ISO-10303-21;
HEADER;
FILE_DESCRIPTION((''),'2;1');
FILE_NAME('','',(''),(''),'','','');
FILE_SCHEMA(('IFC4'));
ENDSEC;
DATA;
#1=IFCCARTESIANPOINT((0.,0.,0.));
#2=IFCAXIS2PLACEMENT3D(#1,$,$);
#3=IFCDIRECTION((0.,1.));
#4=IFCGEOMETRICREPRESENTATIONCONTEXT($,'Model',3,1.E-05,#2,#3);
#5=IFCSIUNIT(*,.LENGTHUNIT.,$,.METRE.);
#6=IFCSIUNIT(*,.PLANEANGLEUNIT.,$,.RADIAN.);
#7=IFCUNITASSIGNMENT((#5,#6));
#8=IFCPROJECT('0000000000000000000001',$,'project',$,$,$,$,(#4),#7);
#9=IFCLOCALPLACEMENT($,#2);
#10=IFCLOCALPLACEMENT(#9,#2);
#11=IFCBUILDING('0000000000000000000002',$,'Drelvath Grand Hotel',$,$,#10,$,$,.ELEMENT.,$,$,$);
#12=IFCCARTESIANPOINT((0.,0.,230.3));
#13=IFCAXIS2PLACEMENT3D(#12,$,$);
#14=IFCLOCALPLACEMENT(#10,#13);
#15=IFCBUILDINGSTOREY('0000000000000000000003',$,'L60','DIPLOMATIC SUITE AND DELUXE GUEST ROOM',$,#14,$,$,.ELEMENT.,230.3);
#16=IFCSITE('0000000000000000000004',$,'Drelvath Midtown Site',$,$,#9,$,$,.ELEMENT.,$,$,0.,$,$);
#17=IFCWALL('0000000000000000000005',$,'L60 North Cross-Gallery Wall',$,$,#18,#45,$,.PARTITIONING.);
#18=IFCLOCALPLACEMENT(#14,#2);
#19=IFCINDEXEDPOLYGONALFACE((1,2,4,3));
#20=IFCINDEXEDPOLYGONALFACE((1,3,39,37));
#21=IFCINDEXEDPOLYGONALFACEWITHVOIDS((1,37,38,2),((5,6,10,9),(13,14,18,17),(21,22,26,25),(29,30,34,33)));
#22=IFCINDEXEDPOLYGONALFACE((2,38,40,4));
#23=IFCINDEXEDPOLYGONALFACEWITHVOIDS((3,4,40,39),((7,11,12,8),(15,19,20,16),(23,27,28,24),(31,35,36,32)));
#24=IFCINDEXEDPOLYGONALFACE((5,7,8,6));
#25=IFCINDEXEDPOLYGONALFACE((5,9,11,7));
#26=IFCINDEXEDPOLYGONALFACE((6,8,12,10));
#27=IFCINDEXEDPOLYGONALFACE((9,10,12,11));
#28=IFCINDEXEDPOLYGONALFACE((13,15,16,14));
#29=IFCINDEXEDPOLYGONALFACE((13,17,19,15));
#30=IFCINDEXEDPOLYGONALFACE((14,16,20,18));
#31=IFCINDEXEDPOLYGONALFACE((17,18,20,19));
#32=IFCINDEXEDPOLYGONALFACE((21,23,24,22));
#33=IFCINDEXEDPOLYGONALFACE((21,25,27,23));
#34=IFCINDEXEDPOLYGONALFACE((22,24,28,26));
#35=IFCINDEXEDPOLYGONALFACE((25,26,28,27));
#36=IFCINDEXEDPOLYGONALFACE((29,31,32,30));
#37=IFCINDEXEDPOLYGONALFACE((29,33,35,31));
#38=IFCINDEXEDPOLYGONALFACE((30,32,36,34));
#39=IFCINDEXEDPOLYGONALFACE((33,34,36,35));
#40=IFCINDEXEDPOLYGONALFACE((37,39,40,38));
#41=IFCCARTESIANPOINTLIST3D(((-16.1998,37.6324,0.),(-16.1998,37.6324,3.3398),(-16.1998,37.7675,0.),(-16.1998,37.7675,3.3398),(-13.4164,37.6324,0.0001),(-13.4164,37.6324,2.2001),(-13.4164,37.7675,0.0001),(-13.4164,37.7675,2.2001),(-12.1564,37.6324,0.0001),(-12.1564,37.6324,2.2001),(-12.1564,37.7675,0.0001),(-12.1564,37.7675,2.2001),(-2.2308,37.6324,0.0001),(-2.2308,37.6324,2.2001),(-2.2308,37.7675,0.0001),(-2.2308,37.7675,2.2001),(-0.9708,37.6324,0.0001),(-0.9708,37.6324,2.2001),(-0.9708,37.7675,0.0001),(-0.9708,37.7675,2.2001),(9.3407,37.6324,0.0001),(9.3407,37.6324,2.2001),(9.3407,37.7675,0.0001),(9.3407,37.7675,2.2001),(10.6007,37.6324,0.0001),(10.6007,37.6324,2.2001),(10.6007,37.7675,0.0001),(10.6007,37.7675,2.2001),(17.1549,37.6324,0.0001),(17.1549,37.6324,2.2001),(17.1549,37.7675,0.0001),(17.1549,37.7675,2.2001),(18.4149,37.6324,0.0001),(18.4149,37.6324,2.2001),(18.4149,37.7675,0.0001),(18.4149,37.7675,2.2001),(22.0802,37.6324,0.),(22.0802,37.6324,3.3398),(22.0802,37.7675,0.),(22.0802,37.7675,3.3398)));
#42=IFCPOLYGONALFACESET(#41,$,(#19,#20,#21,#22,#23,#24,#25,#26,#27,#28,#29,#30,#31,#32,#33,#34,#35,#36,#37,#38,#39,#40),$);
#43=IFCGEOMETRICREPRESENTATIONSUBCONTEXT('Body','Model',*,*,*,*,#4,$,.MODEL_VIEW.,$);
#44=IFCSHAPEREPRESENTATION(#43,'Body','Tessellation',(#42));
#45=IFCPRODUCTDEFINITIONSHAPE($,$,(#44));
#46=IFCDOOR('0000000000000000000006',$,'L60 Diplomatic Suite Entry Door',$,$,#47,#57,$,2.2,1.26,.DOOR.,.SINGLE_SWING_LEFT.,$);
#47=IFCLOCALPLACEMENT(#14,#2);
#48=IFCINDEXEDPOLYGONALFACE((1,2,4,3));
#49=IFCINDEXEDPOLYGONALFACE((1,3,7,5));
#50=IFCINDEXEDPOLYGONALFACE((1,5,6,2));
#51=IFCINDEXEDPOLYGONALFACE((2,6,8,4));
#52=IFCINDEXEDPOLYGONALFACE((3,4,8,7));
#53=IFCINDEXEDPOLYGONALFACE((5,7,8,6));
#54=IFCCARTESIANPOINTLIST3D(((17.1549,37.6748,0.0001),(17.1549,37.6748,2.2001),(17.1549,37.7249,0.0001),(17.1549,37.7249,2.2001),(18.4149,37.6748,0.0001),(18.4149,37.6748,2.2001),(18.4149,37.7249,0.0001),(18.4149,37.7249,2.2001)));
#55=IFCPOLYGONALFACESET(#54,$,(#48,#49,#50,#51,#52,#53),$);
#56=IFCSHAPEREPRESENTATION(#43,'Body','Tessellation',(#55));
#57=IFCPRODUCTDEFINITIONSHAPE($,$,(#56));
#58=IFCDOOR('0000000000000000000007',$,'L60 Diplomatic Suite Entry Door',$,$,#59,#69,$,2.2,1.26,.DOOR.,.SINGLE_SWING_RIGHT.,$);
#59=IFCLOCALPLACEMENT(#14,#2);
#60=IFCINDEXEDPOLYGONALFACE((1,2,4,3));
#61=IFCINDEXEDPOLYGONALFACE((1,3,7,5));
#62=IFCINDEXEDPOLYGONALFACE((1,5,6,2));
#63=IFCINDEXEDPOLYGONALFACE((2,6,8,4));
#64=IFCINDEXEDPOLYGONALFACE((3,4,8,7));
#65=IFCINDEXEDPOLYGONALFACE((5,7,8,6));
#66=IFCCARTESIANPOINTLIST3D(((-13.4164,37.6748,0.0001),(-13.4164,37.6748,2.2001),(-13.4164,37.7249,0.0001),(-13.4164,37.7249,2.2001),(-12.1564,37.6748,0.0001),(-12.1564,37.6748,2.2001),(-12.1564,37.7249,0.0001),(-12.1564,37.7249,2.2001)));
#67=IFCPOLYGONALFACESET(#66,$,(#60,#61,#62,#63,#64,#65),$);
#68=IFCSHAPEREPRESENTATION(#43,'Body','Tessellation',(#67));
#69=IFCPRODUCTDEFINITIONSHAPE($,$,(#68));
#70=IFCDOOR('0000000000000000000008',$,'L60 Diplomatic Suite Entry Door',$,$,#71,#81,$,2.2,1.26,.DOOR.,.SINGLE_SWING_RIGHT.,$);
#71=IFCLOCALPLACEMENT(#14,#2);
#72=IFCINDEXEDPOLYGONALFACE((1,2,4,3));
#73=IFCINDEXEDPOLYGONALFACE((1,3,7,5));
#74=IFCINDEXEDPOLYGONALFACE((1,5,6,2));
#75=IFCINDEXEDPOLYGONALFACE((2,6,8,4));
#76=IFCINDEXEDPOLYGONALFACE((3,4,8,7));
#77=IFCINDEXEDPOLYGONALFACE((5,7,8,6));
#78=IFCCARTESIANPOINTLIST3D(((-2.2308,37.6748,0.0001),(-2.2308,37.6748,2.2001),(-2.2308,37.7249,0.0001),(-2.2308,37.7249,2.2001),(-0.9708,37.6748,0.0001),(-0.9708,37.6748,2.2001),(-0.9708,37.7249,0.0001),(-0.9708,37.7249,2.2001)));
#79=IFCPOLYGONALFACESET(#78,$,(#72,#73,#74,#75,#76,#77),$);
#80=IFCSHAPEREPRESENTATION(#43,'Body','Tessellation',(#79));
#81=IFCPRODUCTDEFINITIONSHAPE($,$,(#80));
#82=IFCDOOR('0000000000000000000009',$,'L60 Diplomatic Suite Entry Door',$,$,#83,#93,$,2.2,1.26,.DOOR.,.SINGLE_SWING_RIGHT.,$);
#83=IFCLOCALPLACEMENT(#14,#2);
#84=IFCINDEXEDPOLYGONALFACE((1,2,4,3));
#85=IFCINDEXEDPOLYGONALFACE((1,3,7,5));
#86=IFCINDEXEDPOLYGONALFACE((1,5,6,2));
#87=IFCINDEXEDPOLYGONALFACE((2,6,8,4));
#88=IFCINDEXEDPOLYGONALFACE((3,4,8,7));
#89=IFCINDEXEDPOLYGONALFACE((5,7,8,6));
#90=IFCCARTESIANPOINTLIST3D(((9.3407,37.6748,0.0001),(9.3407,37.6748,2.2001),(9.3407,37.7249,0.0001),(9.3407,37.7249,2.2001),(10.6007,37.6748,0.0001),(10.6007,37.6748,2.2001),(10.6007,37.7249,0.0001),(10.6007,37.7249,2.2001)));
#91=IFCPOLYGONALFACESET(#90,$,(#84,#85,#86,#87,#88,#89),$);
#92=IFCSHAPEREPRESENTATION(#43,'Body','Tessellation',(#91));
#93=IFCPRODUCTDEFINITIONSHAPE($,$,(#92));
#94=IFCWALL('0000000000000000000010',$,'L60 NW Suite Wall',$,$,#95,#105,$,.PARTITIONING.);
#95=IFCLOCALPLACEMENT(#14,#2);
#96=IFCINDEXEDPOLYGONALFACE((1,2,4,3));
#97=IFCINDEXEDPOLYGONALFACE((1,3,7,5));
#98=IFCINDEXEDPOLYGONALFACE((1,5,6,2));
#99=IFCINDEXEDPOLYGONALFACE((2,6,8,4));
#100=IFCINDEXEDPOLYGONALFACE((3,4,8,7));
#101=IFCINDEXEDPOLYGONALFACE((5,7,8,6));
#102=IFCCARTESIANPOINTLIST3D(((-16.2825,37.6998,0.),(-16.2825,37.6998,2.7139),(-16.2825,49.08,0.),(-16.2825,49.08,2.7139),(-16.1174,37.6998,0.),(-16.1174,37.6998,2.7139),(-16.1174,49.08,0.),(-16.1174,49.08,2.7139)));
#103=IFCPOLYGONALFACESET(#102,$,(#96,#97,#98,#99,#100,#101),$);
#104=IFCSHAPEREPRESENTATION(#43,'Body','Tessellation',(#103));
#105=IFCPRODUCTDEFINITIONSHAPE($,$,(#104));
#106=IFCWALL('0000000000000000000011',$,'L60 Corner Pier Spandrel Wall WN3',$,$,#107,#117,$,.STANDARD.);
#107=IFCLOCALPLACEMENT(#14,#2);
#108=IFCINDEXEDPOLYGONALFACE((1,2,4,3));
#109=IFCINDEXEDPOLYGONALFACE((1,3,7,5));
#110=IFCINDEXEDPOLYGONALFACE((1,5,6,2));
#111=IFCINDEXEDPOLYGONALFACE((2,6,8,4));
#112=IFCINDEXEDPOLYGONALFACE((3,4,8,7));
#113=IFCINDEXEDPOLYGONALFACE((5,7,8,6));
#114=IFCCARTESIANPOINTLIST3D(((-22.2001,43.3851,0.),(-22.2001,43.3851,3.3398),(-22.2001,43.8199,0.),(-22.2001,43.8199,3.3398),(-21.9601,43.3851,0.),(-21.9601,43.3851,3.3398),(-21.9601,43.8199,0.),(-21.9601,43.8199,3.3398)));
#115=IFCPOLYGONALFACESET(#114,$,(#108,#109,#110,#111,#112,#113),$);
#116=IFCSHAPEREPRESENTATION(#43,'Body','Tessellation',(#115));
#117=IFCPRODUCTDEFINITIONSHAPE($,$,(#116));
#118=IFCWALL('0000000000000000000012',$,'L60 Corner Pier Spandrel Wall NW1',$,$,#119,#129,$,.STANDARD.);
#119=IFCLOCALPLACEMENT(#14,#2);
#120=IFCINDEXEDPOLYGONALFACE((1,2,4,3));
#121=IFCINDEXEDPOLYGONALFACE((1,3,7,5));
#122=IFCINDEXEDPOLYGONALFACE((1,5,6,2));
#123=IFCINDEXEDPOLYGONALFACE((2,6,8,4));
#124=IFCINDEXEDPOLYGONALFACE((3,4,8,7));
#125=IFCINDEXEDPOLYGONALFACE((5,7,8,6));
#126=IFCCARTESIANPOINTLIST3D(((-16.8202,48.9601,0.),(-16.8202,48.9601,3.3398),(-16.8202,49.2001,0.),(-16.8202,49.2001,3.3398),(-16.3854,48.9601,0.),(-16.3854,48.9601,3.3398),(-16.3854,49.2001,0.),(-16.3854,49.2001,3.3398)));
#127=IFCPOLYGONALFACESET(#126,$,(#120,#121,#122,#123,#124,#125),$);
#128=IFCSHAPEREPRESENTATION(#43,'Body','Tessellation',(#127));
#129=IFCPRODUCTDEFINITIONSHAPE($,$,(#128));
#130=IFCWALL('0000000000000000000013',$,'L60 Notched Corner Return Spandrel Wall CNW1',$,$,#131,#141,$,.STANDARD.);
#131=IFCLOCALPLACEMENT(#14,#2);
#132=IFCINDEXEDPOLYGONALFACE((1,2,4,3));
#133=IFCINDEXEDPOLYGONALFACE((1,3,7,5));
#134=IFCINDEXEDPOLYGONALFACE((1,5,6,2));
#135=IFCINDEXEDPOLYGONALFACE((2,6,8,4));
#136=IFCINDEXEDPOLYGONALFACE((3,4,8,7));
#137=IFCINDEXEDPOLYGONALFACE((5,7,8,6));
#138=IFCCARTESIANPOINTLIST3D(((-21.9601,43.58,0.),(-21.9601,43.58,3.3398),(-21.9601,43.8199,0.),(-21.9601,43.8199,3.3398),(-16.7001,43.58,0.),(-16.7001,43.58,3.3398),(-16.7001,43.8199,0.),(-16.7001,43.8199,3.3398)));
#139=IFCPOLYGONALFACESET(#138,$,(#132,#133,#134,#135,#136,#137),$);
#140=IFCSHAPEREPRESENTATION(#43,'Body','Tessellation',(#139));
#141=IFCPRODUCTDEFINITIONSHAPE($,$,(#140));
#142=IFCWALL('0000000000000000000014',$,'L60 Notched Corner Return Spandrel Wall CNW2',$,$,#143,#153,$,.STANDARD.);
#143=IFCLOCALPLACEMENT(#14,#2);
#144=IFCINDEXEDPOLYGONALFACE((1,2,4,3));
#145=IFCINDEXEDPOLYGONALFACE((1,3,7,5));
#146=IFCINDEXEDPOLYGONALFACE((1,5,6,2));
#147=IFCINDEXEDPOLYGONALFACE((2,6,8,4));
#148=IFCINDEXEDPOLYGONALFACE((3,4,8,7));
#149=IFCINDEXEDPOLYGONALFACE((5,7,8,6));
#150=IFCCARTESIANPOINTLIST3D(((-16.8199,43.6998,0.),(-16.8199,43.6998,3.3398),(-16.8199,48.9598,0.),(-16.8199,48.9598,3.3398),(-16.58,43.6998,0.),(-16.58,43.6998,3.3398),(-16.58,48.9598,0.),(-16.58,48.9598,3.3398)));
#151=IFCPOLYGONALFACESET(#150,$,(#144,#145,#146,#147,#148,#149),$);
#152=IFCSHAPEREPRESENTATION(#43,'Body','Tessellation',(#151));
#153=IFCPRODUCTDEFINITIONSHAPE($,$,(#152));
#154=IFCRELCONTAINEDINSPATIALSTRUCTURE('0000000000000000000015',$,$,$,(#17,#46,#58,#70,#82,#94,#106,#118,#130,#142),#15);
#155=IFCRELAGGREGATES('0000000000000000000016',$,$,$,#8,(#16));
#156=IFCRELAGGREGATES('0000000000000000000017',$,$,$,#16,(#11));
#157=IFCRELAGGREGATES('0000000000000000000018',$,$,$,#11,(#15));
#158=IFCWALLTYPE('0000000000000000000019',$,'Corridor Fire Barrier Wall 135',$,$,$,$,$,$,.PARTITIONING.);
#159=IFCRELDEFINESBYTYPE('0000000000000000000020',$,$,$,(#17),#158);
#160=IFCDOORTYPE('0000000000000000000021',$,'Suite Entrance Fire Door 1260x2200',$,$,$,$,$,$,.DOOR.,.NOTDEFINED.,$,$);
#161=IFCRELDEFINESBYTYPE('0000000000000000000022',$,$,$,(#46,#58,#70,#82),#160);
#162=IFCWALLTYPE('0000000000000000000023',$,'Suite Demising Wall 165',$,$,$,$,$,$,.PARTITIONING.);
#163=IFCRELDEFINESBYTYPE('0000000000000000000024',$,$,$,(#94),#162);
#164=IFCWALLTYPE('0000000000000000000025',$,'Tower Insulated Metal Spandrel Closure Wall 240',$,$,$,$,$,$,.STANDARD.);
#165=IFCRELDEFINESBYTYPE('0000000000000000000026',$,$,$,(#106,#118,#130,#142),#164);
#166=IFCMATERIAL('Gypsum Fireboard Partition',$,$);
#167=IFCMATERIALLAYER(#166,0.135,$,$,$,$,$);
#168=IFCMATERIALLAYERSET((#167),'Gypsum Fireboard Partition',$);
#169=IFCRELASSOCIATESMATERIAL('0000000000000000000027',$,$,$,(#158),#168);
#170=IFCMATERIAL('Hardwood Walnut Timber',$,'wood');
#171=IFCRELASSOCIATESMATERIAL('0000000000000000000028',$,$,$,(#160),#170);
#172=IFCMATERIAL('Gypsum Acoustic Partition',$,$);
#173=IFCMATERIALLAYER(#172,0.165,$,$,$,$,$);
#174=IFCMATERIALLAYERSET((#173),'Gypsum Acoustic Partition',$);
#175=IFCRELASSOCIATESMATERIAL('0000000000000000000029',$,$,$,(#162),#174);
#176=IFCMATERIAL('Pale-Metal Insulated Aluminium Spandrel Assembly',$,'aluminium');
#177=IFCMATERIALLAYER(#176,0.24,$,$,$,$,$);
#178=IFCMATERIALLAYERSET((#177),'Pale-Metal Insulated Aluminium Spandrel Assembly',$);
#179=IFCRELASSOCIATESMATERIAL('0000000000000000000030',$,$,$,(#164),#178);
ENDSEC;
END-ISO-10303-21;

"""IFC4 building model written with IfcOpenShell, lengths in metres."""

from ifc_helpers import new_model, si_unit, direction, frame, frame_2d, origin, place, context, subcontext, project, spatial, rectangle, extrude, material, layer, layer_set, type_object, element, fill, save


model = new_model("IFC4")

# Units and contexts
model_context = context("Model", 3, precision=1e-05, world=origin(), true_north=direction((0.0, 1.0)))
body_context = subcontext(model_context, "Body", "Model", "MODEL_VIEW")
ifc_project = project(units=[si_unit("LENGTHUNIT", "METRE"), si_unit("PLANEANGLEUNIT", "RADIAN")], contexts=[model_context])

# Site, building, storey
site_placement = place(None, origin())
site = spatial("IfcSite", under=ifc_project, at=site_placement, Name="Drelvath Midtown Site", CompositionType="ELEMENT", RefElevation=0.0)
building_placement = place(site_placement, origin())
building = spatial("IfcBuilding", under=site, at=building_placement, Name="Drelvath Grand Hotel", CompositionType="ELEMENT")
storey_placement = place(building_placement, frame((0.0, 0.0, 230.3)))
storey = spatial("IfcBuildingStorey", under=building, at=storey_placement, Name="L60", Description="DIPLOMATIC SUITE AND DELUXE GUEST ROOM", CompositionType="ELEMENT", Elevation=230.3)

# Wall, openings, doors
ifc_material_1 = material(Name="Gypsum Fireboard Partition")
ifc_layer_1 = layer(ifc_material_1, 0.135)
ifc_layer_set_1 = layer_set([ifc_layer_1], Name="Gypsum Fireboard Partition")
wall_type_1 = type_object("IfcWallType", Name="Corridor Fire Barrier Wall 135", PredefinedType="PARTITIONING", material=ifc_layer_set_1)
wall_1_placement = place(storey_placement, frame((-16.2, 37.7, 0.0), z_axis=(0.0, 0.0, 1.0), x_axis=(1.0, 0.0, 0.0)))
wall_1 = element("IfcWall", 1, at=wall_1_placement, inside=storey, type_object=wall_type_1, Name="L60 North Cross-Gallery Wall", PredefinedType="PARTITIONING", context=body_context, shape_type="SweptSolid", body=[
    extrude(rectangle(XDim=38.28, YDim=0.135, at=frame_2d((19.1401, 0.0))), origin(), (0.0, 0.0, 1.0), 3.3398),
])
opening_1_placement = place(wall_1_placement, frame((33.355, 0.0, 0.0)))
opening_1 = element("IfcOpeningElement", 2, at=opening_1_placement, cuts=wall_1, PredefinedType="OPENING", context=body_context, shape_type="SweptSolid", body=[
    extrude(rectangle(XDim=1.26, YDim=2.2, at=frame_2d((0.6299, 1.1001))), frame((0.0, 0.0774, 0.0), z_axis=(0.0, -1.0, 0.0), x_axis=(1.0, 0.0, 0.0)), (0.0, 0.0, 1.0), 0.155),
])
opening_2_placement = place(wall_1_placement, frame((2.7837, 0.0, 0.0)))
opening_2 = element("IfcOpeningElement", 3, at=opening_2_placement, cuts=wall_1, PredefinedType="OPENING", context=body_context, shape_type="SweptSolid", body=[
    extrude(rectangle(XDim=1.26, YDim=2.2, at=frame_2d((0.6299, 1.1001))), frame((0.0, 0.0774, 0.0), z_axis=(0.0, -1.0, 0.0), x_axis=(1.0, 0.0, 0.0)), (0.0, 0.0, 1.0), 0.155),
])
opening_3_placement = place(wall_1_placement, frame((13.9692, 0.0, 0.0)))
opening_3 = element("IfcOpeningElement", 4, at=opening_3_placement, cuts=wall_1, PredefinedType="OPENING", context=body_context, shape_type="SweptSolid", body=[
    extrude(rectangle(XDim=1.26, YDim=2.2, at=frame_2d((0.6299, 1.1001))), frame((0.0, 0.0774, 0.0), z_axis=(0.0, -1.0, 0.0), x_axis=(1.0, 0.0, 0.0)), (0.0, 0.0, 1.0), 0.155),
])
opening_4_placement = place(wall_1_placement, frame((25.5408, 0.0, 0.0)))
opening_4 = element("IfcOpeningElement", 5, at=opening_4_placement, cuts=wall_1, PredefinedType="OPENING", context=body_context, shape_type="SweptSolid", body=[
    extrude(rectangle(XDim=1.26, YDim=2.2, at=frame_2d((0.6299, 1.1001))), frame((0.0, 0.0774, 0.0), z_axis=(0.0, -1.0, 0.0), x_axis=(1.0, 0.0, 0.0)), (0.0, 0.0, 1.0), 0.155),
])
ifc_material_2 = material(Name="Hardwood Walnut Timber", Category="wood")
door_type = type_object("IfcDoorType", Name="Suite Entrance Fire Door 1260x2200", OperationType="NOTDEFINED", PredefinedType="DOOR", material=ifc_material_2)
door_1_placement = place(opening_1_placement, origin())
door_1 = element("IfcDoor", 6, at=door_1_placement, inside=storey, type_object=door_type, Name="L60 Diplomatic Suite Entry Door", OperationType="SINGLE_SWING_LEFT", OverallHeight=2.2, OverallWidth=1.26, PredefinedType="DOOR", context=body_context, shape_type="SweptSolid", body=[
    extrude(rectangle(XDim=1.26, YDim=2.2, at=frame_2d((0.6299, 1.1001))), frame((0.0, 0.0249, 0.0), z_axis=(0.0, -1.0, 0.0), x_axis=(1.0, 0.0, 0.0)), (0.0, 0.0, 1.0), 0.05),
])
fill(opening_1, door_1)
door_2_placement = place(opening_2_placement, origin())
door_2 = element("IfcDoor", 7, at=door_2_placement, inside=storey, type_object=door_type, Name="L60 Diplomatic Suite Entry Door", OperationType="SINGLE_SWING_RIGHT", OverallHeight=2.2, OverallWidth=1.26, PredefinedType="DOOR", context=body_context, shape_type="SweptSolid", body=[
    extrude(rectangle(XDim=1.26, YDim=2.2, at=frame_2d((0.6299, 1.1001))), frame((0.0, 0.0249, 0.0), z_axis=(0.0, -1.0, 0.0), x_axis=(1.0, 0.0, 0.0)), (0.0, 0.0, 1.0), 0.05),
])
fill(opening_2, door_2)
door_3_placement = place(opening_3_placement, origin())
door_3 = element("IfcDoor", 8, at=door_3_placement, inside=storey, type_object=door_type, Name="L60 Diplomatic Suite Entry Door", OperationType="SINGLE_SWING_RIGHT", OverallHeight=2.2, OverallWidth=1.26, PredefinedType="DOOR", context=body_context, shape_type="SweptSolid", body=[
    extrude(rectangle(XDim=1.26, YDim=2.2, at=frame_2d((0.6299, 1.1001))), frame((0.0, 0.0249, 0.0), z_axis=(0.0, -1.0, 0.0), x_axis=(1.0, 0.0, 0.0)), (0.0, 0.0, 1.0), 0.05),
])
fill(opening_3, door_3)
door_4_placement = place(opening_4_placement, origin())
door_4 = element("IfcDoor", 9, at=door_4_placement, inside=storey, type_object=door_type, Name="L60 Diplomatic Suite Entry Door", OperationType="SINGLE_SWING_RIGHT", OverallHeight=2.2, OverallWidth=1.26, PredefinedType="DOOR", context=body_context, shape_type="SweptSolid", body=[
    extrude(rectangle(XDim=1.26, YDim=2.2, at=frame_2d((0.6299, 1.1001))), frame((0.0, 0.0249, 0.0), z_axis=(0.0, -1.0, 0.0), x_axis=(1.0, 0.0, 0.0)), (0.0, 0.0, 1.0), 0.05),
])
fill(opening_4, door_4)

# Walls
ifc_material_3 = material(Name="Gypsum Acoustic Partition")
ifc_layer_2 = layer(ifc_material_3, 0.165)
ifc_layer_set_2 = layer_set([ifc_layer_2], Name="Gypsum Acoustic Partition")
wall_type_2 = type_object("IfcWallType", Name="Suite Demising Wall 165", PredefinedType="PARTITIONING", material=ifc_layer_set_2)
wall_2_placement = place(storey_placement, frame((-16.2, 37.7, 0.0), z_axis=(0.0, 0.0, 1.0), x_axis=(0.0, 1.0, 0.0)))
element("IfcWall", 10, at=wall_2_placement, inside=storey, type_object=wall_type_2, Name="L60 NW Suite Wall", PredefinedType="PARTITIONING", context=body_context, shape_type="SweptSolid", body=[
    extrude(rectangle(XDim=11.3801, YDim=0.165, at=frame_2d((5.6899, 0.0))), origin(), (0.0, 0.0, 1.0), 2.7139),
])
ifc_material_4 = material(Name="Pale-Metal Insulated Aluminium Spandrel Assembly", Category="aluminium")
ifc_layer_3 = layer(ifc_material_4, 0.24)
ifc_layer_set_3 = layer_set([ifc_layer_3], Name="Pale-Metal Insulated Aluminium Spandrel Assembly")
wall_type_3 = type_object("IfcWallType", Name="Tower Insulated Metal Spandrel Closure Wall 240", PredefinedType="STANDARD", material=ifc_layer_set_3)
for number, where, z_axis, x_axis, name in (
    (11, (-22.0801, 43.3853, 0.0), (0.0, 0.0, 1.0), (0.0, 1.0, 0.0), "L60 Corner Pier Spandrel Wall WN3"),
    (12, (-16.8201, 49.0801, 0.0), (0.0, 0.0, 1.0), (1.0, 0.0, 0.0), "L60 Corner Pier Spandrel Wall NW1"),
):
    element("IfcWall", number, at=place(storey_placement, frame(where, z_axis=z_axis, x_axis=x_axis)), inside=storey, type_object=wall_type_3, Name=name, PredefinedType="STANDARD", context=body_context, shape_type="SweptSolid", body=[
        extrude(rectangle(XDim=0.4348, YDim=0.24, at=frame_2d((0.2173, 0.0))), origin(), (0.0, 0.0, 1.0), 3.3398),
    ])
for number, where, z_axis, x_axis, name in (
    (13, (-21.96, 43.7, 0.0), (0.0, 0.0, 1.0), (1.0, 0.0, 0.0), "L60 Notched Corner Return Spandrel Wall CNW1"),
    (14, (-16.7, 43.7, 0.0), (0.0, 0.0, 1.0), (0.0, 1.0, 0.0), "L60 Notched Corner Return Spandrel Wall CNW2"),
):
    element("IfcWall", number, at=place(storey_placement, frame(where, z_axis=z_axis, x_axis=x_axis)), inside=storey, type_object=wall_type_3, Name=name, PredefinedType="STANDARD", context=body_context, shape_type="SweptSolid", body=[
        extrude(rectangle(XDim=5.26, YDim=0.24, at=frame_2d((2.6299, 0.0))), origin(), (0.0, 0.0, 1.0), 3.3398),
    ])

save(model, "model.ifc")
